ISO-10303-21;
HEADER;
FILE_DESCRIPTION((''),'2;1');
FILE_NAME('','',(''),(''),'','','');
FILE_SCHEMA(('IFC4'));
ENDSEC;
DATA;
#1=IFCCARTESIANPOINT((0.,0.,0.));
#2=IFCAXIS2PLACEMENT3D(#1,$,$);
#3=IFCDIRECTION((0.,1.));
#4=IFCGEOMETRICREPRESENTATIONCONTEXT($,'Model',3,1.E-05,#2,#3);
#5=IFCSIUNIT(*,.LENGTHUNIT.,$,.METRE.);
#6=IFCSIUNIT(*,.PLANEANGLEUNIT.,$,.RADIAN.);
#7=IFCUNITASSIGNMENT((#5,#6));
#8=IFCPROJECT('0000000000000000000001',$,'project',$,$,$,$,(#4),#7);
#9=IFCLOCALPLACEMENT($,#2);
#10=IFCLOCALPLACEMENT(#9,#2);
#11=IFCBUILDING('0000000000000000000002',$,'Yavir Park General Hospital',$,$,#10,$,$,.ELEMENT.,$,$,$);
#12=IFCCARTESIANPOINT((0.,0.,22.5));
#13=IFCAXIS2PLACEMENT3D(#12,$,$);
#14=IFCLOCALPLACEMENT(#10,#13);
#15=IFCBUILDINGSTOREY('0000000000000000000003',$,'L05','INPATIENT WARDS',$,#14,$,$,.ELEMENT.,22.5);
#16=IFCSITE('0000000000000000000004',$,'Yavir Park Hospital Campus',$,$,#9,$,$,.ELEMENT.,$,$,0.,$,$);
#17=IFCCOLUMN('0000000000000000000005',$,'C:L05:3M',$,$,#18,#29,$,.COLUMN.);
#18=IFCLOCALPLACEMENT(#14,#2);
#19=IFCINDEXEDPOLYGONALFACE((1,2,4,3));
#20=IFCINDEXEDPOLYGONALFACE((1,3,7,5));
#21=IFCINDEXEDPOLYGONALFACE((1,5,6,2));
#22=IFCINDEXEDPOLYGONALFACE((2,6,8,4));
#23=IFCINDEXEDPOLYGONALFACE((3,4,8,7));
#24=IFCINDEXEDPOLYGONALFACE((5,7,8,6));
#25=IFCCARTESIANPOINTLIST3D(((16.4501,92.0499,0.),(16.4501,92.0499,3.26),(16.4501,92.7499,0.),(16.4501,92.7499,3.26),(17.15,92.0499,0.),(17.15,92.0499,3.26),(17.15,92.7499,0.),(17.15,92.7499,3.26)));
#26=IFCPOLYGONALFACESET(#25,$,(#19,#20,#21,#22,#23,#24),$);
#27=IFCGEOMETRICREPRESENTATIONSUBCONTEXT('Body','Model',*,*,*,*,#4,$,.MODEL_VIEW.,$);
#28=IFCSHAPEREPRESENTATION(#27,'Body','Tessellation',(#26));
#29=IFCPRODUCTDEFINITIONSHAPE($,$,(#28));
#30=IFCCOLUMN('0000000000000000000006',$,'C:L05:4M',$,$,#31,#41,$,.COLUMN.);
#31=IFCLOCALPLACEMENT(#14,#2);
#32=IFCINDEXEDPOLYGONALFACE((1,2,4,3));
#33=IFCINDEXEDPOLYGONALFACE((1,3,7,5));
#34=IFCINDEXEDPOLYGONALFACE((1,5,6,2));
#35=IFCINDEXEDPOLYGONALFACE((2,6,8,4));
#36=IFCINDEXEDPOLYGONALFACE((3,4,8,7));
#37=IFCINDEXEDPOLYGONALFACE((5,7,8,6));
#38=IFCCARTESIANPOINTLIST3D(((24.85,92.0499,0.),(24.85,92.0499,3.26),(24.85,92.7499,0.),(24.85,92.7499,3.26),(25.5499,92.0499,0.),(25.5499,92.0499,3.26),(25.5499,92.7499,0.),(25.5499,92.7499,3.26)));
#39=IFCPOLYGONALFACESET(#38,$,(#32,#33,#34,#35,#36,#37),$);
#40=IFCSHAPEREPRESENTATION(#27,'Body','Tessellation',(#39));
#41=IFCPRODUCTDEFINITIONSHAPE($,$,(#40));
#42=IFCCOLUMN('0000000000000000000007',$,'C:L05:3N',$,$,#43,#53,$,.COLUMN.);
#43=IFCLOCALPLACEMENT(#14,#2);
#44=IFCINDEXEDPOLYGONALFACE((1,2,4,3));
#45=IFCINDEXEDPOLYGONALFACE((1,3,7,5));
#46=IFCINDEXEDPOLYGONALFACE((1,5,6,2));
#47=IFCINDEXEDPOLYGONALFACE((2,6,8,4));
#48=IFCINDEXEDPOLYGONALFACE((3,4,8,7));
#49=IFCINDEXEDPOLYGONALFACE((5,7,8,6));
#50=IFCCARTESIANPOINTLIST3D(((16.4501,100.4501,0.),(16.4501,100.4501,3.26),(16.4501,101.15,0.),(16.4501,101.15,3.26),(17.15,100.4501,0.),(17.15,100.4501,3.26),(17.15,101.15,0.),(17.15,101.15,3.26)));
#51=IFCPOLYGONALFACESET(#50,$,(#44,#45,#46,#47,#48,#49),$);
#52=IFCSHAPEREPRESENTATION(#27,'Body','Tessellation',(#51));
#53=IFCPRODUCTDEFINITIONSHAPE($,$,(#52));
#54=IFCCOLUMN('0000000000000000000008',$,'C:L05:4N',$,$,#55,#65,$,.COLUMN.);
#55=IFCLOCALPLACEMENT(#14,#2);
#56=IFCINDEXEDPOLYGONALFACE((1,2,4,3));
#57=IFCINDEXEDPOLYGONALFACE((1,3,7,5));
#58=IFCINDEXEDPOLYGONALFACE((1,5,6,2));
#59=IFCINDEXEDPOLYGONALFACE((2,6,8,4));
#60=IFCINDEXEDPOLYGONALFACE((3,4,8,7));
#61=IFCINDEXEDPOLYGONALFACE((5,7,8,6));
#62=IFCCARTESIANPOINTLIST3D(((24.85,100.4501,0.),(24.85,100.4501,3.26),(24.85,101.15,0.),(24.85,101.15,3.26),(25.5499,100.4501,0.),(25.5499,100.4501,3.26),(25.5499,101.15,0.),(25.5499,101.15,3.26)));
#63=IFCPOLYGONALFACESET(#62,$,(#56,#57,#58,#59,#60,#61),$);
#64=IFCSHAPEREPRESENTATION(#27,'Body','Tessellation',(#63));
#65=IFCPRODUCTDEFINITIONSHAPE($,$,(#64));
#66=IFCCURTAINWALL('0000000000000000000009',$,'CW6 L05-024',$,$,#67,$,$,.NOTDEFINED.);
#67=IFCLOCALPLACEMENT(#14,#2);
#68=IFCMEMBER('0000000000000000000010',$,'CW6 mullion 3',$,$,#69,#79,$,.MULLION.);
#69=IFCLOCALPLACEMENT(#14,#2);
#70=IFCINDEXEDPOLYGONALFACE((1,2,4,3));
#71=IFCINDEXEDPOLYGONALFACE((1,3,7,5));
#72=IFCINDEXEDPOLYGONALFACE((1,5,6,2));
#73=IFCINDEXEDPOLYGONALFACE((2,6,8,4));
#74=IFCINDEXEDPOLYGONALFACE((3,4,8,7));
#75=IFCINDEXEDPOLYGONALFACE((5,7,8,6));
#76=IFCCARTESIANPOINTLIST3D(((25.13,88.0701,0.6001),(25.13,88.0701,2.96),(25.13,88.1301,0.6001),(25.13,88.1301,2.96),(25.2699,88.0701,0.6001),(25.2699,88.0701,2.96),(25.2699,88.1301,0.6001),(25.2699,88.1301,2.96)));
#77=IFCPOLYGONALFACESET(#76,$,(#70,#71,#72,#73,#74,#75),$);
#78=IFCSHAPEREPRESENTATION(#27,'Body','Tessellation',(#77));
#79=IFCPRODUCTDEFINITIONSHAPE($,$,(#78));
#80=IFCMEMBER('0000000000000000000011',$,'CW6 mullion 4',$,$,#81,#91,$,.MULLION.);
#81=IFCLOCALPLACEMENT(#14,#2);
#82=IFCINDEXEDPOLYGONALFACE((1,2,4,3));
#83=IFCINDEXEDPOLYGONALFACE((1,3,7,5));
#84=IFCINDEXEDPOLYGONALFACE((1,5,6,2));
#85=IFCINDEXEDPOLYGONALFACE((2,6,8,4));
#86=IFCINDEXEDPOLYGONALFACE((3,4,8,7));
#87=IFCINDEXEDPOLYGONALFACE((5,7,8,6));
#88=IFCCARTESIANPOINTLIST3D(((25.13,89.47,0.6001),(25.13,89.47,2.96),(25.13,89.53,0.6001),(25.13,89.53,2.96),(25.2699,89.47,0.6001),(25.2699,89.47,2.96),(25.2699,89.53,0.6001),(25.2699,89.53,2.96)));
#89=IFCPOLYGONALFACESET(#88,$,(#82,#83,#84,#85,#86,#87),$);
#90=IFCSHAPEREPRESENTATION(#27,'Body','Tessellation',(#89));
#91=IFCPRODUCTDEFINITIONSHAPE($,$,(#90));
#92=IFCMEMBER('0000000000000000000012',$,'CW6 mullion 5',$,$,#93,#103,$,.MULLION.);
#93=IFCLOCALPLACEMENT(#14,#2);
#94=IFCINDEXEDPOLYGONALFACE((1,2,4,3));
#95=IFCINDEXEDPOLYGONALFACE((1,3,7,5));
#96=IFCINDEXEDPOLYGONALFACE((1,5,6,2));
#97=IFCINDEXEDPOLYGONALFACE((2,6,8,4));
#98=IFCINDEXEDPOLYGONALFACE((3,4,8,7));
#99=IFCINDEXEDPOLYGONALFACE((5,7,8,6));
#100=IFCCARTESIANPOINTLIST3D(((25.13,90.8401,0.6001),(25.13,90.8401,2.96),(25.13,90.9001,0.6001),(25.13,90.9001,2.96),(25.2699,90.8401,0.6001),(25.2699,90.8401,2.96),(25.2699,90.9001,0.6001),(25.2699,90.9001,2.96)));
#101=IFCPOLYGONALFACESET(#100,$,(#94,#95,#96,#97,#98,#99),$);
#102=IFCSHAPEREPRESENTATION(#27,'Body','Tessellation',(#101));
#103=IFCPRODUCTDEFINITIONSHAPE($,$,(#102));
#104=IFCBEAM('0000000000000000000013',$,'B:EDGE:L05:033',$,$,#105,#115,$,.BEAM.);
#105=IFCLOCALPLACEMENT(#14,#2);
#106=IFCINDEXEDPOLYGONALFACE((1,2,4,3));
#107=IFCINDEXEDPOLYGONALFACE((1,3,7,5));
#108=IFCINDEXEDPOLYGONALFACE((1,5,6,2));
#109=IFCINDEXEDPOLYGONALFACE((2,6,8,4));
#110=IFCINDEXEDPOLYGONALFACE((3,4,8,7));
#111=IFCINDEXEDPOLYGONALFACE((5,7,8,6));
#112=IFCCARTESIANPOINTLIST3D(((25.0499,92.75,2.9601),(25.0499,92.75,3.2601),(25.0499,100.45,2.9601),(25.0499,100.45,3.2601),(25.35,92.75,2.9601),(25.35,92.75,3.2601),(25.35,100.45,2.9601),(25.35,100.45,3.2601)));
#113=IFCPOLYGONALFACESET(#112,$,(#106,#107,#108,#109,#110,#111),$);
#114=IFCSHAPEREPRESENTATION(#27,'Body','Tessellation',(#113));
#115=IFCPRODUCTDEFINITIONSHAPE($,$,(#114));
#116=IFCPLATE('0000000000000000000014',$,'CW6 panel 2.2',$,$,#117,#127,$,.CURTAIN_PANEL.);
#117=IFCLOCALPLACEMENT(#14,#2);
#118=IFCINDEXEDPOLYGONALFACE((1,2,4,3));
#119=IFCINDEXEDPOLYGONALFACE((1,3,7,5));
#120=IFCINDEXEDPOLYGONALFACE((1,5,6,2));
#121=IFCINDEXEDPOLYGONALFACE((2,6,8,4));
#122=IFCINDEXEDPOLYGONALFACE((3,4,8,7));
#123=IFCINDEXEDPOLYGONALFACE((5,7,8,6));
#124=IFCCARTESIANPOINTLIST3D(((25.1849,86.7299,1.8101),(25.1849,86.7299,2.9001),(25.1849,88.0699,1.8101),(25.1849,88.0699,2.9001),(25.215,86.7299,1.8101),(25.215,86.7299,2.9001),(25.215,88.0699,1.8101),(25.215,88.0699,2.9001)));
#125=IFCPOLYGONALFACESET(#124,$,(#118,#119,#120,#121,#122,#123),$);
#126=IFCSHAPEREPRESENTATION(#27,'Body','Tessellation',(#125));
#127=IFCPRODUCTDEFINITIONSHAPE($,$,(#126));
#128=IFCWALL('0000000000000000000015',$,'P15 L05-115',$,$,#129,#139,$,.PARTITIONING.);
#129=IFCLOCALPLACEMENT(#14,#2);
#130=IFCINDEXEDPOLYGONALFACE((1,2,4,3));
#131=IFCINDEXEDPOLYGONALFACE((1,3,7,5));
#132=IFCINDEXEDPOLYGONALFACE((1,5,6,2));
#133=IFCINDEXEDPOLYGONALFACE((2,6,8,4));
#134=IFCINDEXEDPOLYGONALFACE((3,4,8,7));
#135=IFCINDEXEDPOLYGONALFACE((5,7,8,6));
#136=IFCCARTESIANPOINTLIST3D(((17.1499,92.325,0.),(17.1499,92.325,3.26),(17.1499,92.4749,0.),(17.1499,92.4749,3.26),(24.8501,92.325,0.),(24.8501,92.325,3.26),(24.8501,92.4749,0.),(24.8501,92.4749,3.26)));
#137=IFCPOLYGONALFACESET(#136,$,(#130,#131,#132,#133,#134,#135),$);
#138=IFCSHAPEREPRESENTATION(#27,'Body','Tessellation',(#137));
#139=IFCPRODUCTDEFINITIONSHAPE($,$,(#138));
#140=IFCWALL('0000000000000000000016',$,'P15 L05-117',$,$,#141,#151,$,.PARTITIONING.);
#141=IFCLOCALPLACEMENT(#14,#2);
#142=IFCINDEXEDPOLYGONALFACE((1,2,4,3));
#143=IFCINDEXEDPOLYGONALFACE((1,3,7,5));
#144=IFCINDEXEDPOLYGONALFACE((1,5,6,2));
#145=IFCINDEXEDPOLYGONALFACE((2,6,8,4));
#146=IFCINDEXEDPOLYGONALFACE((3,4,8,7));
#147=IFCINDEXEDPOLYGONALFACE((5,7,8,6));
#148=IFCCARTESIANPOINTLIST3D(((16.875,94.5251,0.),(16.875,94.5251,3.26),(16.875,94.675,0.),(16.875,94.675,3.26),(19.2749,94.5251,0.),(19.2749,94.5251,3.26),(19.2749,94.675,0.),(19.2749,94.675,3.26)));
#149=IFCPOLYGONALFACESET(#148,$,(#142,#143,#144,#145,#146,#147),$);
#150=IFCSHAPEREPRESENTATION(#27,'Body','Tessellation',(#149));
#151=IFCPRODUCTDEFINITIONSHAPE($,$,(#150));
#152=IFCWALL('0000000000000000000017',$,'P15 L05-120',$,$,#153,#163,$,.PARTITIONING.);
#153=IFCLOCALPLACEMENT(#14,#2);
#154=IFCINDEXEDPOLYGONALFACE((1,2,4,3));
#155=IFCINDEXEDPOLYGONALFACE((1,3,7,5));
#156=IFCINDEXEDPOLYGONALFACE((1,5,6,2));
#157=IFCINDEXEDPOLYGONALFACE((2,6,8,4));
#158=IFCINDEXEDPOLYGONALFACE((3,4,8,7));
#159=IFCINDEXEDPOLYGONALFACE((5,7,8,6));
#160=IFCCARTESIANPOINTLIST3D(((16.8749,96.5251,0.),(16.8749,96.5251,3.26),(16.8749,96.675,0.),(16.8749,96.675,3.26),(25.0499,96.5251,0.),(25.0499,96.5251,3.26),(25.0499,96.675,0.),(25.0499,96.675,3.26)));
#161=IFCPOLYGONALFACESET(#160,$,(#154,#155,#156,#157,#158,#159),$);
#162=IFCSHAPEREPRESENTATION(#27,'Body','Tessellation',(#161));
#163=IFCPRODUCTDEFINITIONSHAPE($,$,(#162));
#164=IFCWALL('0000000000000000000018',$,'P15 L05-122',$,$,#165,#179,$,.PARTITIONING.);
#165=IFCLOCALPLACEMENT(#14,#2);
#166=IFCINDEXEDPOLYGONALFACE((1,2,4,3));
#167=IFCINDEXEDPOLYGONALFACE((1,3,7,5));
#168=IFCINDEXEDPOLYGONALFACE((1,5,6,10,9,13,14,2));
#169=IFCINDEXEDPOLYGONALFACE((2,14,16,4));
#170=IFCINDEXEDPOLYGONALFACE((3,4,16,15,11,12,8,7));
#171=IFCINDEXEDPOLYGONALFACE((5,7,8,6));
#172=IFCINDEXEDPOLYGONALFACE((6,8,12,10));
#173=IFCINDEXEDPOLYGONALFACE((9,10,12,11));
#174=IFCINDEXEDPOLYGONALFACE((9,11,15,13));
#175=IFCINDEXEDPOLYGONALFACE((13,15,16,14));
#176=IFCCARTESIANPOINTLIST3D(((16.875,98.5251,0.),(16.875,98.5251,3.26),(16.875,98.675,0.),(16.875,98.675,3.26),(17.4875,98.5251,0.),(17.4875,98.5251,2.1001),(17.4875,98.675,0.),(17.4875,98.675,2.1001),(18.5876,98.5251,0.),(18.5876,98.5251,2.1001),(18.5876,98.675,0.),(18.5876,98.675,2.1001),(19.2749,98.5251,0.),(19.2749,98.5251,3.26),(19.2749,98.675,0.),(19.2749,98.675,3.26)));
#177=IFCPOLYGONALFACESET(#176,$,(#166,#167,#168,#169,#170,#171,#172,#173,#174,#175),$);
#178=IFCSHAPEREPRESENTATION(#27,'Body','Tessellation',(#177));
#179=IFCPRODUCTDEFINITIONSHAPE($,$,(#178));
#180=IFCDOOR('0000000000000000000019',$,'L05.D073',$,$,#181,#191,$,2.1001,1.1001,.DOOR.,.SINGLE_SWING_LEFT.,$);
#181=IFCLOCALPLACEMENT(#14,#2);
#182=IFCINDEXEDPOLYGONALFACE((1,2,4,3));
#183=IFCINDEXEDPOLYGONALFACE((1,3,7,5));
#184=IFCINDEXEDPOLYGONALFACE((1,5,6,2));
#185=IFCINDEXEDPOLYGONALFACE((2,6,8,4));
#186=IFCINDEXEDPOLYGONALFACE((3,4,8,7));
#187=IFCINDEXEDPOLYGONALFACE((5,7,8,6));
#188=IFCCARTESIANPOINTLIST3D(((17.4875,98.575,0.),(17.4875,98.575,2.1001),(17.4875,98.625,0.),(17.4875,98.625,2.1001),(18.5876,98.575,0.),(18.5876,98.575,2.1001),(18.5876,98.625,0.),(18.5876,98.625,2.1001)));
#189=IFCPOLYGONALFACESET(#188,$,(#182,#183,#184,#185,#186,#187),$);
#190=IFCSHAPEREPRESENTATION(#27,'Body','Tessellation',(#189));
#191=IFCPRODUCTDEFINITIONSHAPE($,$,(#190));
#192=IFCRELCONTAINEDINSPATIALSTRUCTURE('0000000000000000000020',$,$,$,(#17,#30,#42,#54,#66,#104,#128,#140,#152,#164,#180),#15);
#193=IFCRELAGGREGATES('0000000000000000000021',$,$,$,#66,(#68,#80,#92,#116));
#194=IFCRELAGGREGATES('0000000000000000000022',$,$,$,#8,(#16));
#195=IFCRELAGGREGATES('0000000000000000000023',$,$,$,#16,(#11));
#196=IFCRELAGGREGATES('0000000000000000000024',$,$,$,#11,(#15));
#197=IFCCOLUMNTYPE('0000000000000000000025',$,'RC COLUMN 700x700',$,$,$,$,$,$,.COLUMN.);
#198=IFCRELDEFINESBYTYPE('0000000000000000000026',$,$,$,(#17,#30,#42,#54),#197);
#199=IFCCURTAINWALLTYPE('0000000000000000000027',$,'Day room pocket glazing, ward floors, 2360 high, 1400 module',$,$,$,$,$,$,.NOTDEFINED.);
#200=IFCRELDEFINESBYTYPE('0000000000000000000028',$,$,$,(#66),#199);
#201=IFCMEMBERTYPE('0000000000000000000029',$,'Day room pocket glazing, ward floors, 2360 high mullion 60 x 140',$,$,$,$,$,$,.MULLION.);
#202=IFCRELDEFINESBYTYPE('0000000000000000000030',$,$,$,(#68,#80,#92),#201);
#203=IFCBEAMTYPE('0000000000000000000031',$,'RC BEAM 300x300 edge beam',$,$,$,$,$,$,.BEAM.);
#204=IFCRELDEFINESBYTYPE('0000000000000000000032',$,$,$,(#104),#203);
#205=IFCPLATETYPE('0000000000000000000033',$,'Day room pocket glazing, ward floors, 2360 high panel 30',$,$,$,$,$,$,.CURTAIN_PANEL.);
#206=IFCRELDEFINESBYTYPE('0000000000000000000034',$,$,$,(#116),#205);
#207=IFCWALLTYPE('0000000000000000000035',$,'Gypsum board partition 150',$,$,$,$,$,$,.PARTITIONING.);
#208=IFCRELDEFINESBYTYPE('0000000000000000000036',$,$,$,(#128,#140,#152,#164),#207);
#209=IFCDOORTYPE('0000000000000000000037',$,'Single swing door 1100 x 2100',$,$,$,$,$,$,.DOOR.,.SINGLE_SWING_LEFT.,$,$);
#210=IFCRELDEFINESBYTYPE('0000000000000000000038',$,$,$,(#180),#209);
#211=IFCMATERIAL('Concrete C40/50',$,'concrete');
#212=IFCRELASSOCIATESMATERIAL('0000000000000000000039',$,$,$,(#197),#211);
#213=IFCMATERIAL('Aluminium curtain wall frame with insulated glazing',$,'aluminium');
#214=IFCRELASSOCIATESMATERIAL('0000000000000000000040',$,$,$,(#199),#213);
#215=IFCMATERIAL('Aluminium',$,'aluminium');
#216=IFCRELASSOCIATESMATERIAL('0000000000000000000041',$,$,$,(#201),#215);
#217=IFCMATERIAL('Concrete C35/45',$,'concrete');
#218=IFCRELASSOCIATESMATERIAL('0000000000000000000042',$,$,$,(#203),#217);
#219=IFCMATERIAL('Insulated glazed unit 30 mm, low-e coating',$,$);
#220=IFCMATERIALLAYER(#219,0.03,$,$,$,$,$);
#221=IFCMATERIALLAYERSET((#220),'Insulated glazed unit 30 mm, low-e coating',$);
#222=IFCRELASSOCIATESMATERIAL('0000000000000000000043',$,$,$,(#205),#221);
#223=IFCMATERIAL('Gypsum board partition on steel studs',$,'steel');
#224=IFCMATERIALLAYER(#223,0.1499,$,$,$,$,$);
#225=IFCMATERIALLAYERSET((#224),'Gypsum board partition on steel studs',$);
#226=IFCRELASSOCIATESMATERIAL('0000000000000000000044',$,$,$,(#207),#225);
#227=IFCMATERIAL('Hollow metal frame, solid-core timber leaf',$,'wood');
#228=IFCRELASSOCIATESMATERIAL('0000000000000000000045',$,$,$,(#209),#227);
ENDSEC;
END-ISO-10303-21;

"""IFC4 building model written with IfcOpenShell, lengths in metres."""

from ifc_helpers import new_model, si_unit, direction, frame, frame_2d, origin, origin_2d, place, context, subcontext, project, spatial, rectangle, extrude, material, layer, layer_set, material_profile, profile_set, type_object, element, fill, aggregate, save


model = new_model("IFC4")

# Units and contexts
model_context = context("Model", 3, precision=1e-05, world=origin(), true_north=direction((0.0, 1.0)))
body_context = subcontext(model_context, "Body", "Model", "MODEL_VIEW")
ifc_project = project(units=[si_unit("LENGTHUNIT", "METRE"), si_unit("PLANEANGLEUNIT", "RADIAN")], contexts=[model_context])

# Site, building, storey
site_placement = place(None, origin())
site = spatial("IfcSite", under=ifc_project, at=site_placement, Name="Yavir Park Hospital Campus", CompositionType="ELEMENT", RefElevation=0.0)
building_placement = place(site_placement, origin())
building = spatial("IfcBuilding", under=site, at=building_placement, Name="Yavir Park General Hospital", CompositionType="ELEMENT")
storey_placement = place(building_placement, frame((0.0, 0.0, 22.5)))
storey = spatial("IfcBuildingStorey", under=building, at=storey_placement, Name="L05", Description="INPATIENT WARDS", CompositionType="ELEMENT", Elevation=22.5)

# Columns
ifc_material_1 = material(Name="Concrete C40/50", Category="concrete")
ifc_material_profile_1 = material_profile(ifc_material_1, rectangle(XDim=0.7, YDim=0.7, at=origin_2d()), Name="RC700x700")
ifc_profile_set_1 = profile_set([ifc_material_profile_1], Name="Concrete C40/50")
column_type = type_object("IfcColumnType", Name="RC COLUMN 700x700", PredefinedType="COLUMN", material=ifc_profile_set_1)
for number, where, z_axis, x_axis, name in (
    (1, (16.8, 92.3999, 0.0), (0.0, 0.0, 1.0), (1.0, 0.0, 0.0), "C:L05:3M"),
    (2, (25.2, 92.3999, 0.0), (0.0, 0.0, 1.0), (1.0, 0.0, 0.0), "C:L05:4M"),
    (3, (16.8, 100.8, 0.0), (0.0, 0.0, 1.0), (1.0, 0.0, 0.0), "C:L05:3N"),
    (4, (25.2, 100.8, 0.0), (0.0, 0.0, 1.0), (1.0, 0.0, 0.0), "C:L05:4N"),
):
    element("IfcColumn", number, at=place(storey_placement, frame(where, z_axis=z_axis, x_axis=x_axis)), inside=storey, type_object=column_type, Name=name, PredefinedType="COLUMN", context=body_context, shape_type="SweptSolid", body=[
        extrude(rectangle(XDim=0.7, YDim=0.7, at=origin_2d()), origin(), (0.0, 0.0, 1.0), 3.26),
    ])

# Curtain wall, members
ifc_material_2 = material(Name="Aluminium curtain wall frame with insulated glazing", Category="aluminium")
curtain_wall_type = type_object("IfcCurtainWallType", Name="Day room pocket glazing, ward floors, 2360 high, 1400 module", PredefinedType="NOTDEFINED", material=ifc_material_2)
curtain_wall_placement = place(storey_placement, origin())
curtain_wall = element("IfcCurtainWall", 5, at=curtain_wall_placement, inside=storey, type_object=curtain_wall_type, Name="CW6 L05-024", PredefinedType="NOTDEFINED")
ifc_material_3 = material(Name="Aluminium", Category="aluminium")
ifc_material_profile_2 = material_profile(ifc_material_3, rectangle(XDim=0.1399, YDim=0.0601, at=origin_2d()), Name="AL 60x140")
ifc_profile_set_2 = profile_set([ifc_material_profile_2], Name="Aluminium")
member_type = type_object("IfcMemberType", Name="Day room pocket glazing, ward floors, 2360 high mullion 60 x 140", PredefinedType="MULLION", material=ifc_profile_set_2)
member_1_placement = place(storey_placement, frame((25.2, 88.1001, 0.6001), z_axis=(0.0, 0.0, 1.0), x_axis=(-1.0, 0.0, 0.0)))
member_1 = element("IfcMember", 6, at=member_1_placement, type_object=member_type, Name="CW6 mullion 3", PredefinedType="MULLION", context=body_context, shape_type="SweptSolid", body=[
    extrude(rectangle(XDim=0.1399, YDim=0.0601, at=origin_2d()), origin(), (0.0, 0.0, 1.0), 2.3599),
])
member_2_placement = place(storey_placement, frame((25.2, 89.5, 0.6001), z_axis=(0.0, 0.0, 1.0), x_axis=(-1.0, 0.0, 0.0)))
member_2 = element("IfcMember", 7, at=member_2_placement, type_object=member_type, Name="CW6 mullion 4", PredefinedType="MULLION", context=body_context, shape_type="SweptSolid", body=[
    extrude(rectangle(XDim=0.1399, YDim=0.0601, at=origin_2d()), origin(), (0.0, 0.0, 1.0), 2.3599),
])
member_3_placement = place(storey_placement, frame((25.2, 90.8701, 0.6001), z_axis=(0.0, 0.0, 1.0), x_axis=(-1.0, 0.0, 0.0)))
member_3 = element("IfcMember", 8, at=member_3_placement, type_object=member_type, Name="CW6 mullion 5", PredefinedType="MULLION", context=body_context, shape_type="SweptSolid", body=[
    extrude(rectangle(XDim=0.1399, YDim=0.0601, at=origin_2d()), origin(), (0.0, 0.0, 1.0), 2.3599),
])

# Beam
ifc_material_4 = material(Name="Concrete C35/45", Category="concrete")
ifc_material_profile_3 = material_profile(ifc_material_4, rectangle(XDim=0.3, YDim=0.3, at=origin_2d()), Name="RC300x300")
ifc_profile_set_3 = profile_set([ifc_material_profile_3], Name="Concrete C35/45")
beam_type = type_object("IfcBeamType", Name="RC BEAM 300x300 edge beam", PredefinedType="BEAM", material=ifc_profile_set_3)
beam_placement = place(storey_placement, frame((25.2, 92.75, 3.1101), z_axis=(0.0, 1.0, 0.0), x_axis=(-1.0, 0.0, 0.0)))
element("IfcBeam", 9, at=beam_placement, inside=storey, type_object=beam_type, Name="B:EDGE:L05:033", PredefinedType="BEAM", context=body_context, shape_type="SweptSolid", body=[
    extrude(rectangle(XDim=0.3, YDim=0.3, at=origin_2d()), origin(), (0.0, 0.0, 1.0), 7.7),
])

# Plate
ifc_material_5 = material(Name="Insulated glazed unit 30 mm, low-e coating")
ifc_layer_1 = layer(ifc_material_5, 0.03)
ifc_layer_set_1 = layer_set([ifc_layer_1], Name="Insulated glazed unit 30 mm, low-e coating")
plate_type = type_object("IfcPlateType", Name="Day room pocket glazing, ward floors, 2360 high panel 30", PredefinedType="CURTAIN_PANEL", material=ifc_layer_set_1)
plate_placement = place(storey_placement, frame((25.2, 87.3999, 1.8101), z_axis=(0.0, 0.0, 1.0), x_axis=(0.0, 1.0, 0.0)))
plate = element("IfcPlate", 10, at=plate_placement, type_object=plate_type, Name="CW6 panel 2.2", PredefinedType="CURTAIN_PANEL", context=body_context, shape_type="SweptSolid", body=[
    extrude(rectangle(XDim=1.3401, YDim=0.03, at=origin_2d()), origin(), (0.0, 0.0, 1.0), 1.0901),
])
aggregate(curtain_wall, [member_1, member_2, member_3, plate])

# Walls
ifc_material_6 = material(Name="Gypsum board partition on steel studs", Category="steel")
ifc_layer_2 = layer(ifc_material_6, 0.1499)
ifc_layer_set_2 = layer_set([ifc_layer_2], Name="Gypsum board partition on steel studs")
wall_type_1 = type_object("IfcWallType", Name="Gypsum board partition 150", PredefinedType="PARTITIONING", material=ifc_layer_set_2)
wall_1_placement = place(storey_placement, frame((17.1499, 92.3999, 0.0), z_axis=(0.0, 0.0, 1.0), x_axis=(1.0, 0.0, 0.0)))
element("IfcWall", 11, at=wall_1_placement, inside=storey, type_object=wall_type_1, Name="P15 L05-115", PredefinedType="PARTITIONING", context=body_context, shape_type="SweptSolid", body=[
    extrude(rectangle(XDim=7.7002, YDim=0.1499, at=frame_2d((3.8501, 0.0))), origin(), (0.0, 0.0, 1.0), 3.26),
])
wall_2_placement = place(storey_placement, frame((16.875, 94.6001, 0.0), z_axis=(0.0, 0.0, 1.0), x_axis=(1.0, 0.0, 0.0)))
element("IfcWall", 12, at=wall_2_placement, inside=storey, type_object=wall_type_1, Name="P15 L05-117", PredefinedType="PARTITIONING", context=body_context, shape_type="SweptSolid", body=[
    extrude(rectangle(XDim=2.3999, YDim=0.1499, at=frame_2d((1.2, 0.0))), origin(), (0.0, 0.0, 1.0), 3.26),
])
wall_3_placement = place(storey_placement, frame((16.875, 96.6001, 0.0), z_axis=(0.0, 0.0, 1.0), x_axis=(1.0, 0.0, 0.0)))
element("IfcWall", 13, at=wall_3_placement, inside=storey, type_object=wall_type_1, Name="P15 L05-120", PredefinedType="PARTITIONING", context=body_context, shape_type="SweptSolid", body=[
    extrude(rectangle(XDim=8.175, YDim=0.1499, at=frame_2d((4.0874, 0.0))), origin(), (0.0, 0.0, 1.0), 3.26),
])

# Wall, opening, door
wall_4_placement = place(storey_placement, frame((16.875, 98.6001, 0.0), z_axis=(0.0, 0.0, 1.0), x_axis=(1.0, 0.0, 0.0)))
wall_4 = element("IfcWall", 14, at=wall_4_placement, inside=storey, type_object=wall_type_1, Name="P15 L05-122", PredefinedType="PARTITIONING", context=body_context, shape_type="SweptSolid", body=[
    extrude(rectangle(XDim=2.3999, YDim=0.1499, at=frame_2d((1.2, 0.0))), origin(), (0.0, 0.0, 1.0), 3.26),
])
opening_1_placement = place(wall_4_placement, frame((0.6125, 0.0, 0.0)))
opening_1 = element("IfcOpeningElement", 15, at=opening_1_placement, cuts=wall_4, PredefinedType="OPENING", context=body_context, shape_type="SweptSolid", body=[
    extrude(rectangle(XDim=1.1001, YDim=2.1001, at=frame_2d((0.55, 1.05))), frame((0.0, 0.085, 0.0), z_axis=(0.0, -1.0, 0.0), x_axis=(1.0, 0.0, 0.0)), (0.0, 0.0, 1.0), 0.1699),
])
ifc_material_7 = material(Name="Hollow metal frame, solid-core timber leaf", Category="wood")
door_type_1 = type_object("IfcDoorType", Name="Single swing door 1100 x 2100", OperationType="SINGLE_SWING_LEFT", PredefinedType="DOOR", material=ifc_material_7)
door_1_placement = place(opening_1_placement, origin())
door_1 = element("IfcDoor", 16, at=door_1_placement, inside=storey, type_object=door_type_1, Name="L05.D073", OperationType="SINGLE_SWING_LEFT", OverallHeight=2.1001, OverallWidth=1.1001, PredefinedType="DOOR", context=body_context, shape_type="SweptSolid", body=[
    extrude(rectangle(XDim=1.1001, YDim=2.1001, at=frame_2d((0.55, 1.05))), frame((0.0, 0.0249, 0.0), z_axis=(0.0, -1.0, 0.0), x_axis=(1.0, 0.0, 0.0)), (0.0, 0.0, 1.0), 0.05),
])
fill(opening_1, door_1)

save(model, "model.ifc")
